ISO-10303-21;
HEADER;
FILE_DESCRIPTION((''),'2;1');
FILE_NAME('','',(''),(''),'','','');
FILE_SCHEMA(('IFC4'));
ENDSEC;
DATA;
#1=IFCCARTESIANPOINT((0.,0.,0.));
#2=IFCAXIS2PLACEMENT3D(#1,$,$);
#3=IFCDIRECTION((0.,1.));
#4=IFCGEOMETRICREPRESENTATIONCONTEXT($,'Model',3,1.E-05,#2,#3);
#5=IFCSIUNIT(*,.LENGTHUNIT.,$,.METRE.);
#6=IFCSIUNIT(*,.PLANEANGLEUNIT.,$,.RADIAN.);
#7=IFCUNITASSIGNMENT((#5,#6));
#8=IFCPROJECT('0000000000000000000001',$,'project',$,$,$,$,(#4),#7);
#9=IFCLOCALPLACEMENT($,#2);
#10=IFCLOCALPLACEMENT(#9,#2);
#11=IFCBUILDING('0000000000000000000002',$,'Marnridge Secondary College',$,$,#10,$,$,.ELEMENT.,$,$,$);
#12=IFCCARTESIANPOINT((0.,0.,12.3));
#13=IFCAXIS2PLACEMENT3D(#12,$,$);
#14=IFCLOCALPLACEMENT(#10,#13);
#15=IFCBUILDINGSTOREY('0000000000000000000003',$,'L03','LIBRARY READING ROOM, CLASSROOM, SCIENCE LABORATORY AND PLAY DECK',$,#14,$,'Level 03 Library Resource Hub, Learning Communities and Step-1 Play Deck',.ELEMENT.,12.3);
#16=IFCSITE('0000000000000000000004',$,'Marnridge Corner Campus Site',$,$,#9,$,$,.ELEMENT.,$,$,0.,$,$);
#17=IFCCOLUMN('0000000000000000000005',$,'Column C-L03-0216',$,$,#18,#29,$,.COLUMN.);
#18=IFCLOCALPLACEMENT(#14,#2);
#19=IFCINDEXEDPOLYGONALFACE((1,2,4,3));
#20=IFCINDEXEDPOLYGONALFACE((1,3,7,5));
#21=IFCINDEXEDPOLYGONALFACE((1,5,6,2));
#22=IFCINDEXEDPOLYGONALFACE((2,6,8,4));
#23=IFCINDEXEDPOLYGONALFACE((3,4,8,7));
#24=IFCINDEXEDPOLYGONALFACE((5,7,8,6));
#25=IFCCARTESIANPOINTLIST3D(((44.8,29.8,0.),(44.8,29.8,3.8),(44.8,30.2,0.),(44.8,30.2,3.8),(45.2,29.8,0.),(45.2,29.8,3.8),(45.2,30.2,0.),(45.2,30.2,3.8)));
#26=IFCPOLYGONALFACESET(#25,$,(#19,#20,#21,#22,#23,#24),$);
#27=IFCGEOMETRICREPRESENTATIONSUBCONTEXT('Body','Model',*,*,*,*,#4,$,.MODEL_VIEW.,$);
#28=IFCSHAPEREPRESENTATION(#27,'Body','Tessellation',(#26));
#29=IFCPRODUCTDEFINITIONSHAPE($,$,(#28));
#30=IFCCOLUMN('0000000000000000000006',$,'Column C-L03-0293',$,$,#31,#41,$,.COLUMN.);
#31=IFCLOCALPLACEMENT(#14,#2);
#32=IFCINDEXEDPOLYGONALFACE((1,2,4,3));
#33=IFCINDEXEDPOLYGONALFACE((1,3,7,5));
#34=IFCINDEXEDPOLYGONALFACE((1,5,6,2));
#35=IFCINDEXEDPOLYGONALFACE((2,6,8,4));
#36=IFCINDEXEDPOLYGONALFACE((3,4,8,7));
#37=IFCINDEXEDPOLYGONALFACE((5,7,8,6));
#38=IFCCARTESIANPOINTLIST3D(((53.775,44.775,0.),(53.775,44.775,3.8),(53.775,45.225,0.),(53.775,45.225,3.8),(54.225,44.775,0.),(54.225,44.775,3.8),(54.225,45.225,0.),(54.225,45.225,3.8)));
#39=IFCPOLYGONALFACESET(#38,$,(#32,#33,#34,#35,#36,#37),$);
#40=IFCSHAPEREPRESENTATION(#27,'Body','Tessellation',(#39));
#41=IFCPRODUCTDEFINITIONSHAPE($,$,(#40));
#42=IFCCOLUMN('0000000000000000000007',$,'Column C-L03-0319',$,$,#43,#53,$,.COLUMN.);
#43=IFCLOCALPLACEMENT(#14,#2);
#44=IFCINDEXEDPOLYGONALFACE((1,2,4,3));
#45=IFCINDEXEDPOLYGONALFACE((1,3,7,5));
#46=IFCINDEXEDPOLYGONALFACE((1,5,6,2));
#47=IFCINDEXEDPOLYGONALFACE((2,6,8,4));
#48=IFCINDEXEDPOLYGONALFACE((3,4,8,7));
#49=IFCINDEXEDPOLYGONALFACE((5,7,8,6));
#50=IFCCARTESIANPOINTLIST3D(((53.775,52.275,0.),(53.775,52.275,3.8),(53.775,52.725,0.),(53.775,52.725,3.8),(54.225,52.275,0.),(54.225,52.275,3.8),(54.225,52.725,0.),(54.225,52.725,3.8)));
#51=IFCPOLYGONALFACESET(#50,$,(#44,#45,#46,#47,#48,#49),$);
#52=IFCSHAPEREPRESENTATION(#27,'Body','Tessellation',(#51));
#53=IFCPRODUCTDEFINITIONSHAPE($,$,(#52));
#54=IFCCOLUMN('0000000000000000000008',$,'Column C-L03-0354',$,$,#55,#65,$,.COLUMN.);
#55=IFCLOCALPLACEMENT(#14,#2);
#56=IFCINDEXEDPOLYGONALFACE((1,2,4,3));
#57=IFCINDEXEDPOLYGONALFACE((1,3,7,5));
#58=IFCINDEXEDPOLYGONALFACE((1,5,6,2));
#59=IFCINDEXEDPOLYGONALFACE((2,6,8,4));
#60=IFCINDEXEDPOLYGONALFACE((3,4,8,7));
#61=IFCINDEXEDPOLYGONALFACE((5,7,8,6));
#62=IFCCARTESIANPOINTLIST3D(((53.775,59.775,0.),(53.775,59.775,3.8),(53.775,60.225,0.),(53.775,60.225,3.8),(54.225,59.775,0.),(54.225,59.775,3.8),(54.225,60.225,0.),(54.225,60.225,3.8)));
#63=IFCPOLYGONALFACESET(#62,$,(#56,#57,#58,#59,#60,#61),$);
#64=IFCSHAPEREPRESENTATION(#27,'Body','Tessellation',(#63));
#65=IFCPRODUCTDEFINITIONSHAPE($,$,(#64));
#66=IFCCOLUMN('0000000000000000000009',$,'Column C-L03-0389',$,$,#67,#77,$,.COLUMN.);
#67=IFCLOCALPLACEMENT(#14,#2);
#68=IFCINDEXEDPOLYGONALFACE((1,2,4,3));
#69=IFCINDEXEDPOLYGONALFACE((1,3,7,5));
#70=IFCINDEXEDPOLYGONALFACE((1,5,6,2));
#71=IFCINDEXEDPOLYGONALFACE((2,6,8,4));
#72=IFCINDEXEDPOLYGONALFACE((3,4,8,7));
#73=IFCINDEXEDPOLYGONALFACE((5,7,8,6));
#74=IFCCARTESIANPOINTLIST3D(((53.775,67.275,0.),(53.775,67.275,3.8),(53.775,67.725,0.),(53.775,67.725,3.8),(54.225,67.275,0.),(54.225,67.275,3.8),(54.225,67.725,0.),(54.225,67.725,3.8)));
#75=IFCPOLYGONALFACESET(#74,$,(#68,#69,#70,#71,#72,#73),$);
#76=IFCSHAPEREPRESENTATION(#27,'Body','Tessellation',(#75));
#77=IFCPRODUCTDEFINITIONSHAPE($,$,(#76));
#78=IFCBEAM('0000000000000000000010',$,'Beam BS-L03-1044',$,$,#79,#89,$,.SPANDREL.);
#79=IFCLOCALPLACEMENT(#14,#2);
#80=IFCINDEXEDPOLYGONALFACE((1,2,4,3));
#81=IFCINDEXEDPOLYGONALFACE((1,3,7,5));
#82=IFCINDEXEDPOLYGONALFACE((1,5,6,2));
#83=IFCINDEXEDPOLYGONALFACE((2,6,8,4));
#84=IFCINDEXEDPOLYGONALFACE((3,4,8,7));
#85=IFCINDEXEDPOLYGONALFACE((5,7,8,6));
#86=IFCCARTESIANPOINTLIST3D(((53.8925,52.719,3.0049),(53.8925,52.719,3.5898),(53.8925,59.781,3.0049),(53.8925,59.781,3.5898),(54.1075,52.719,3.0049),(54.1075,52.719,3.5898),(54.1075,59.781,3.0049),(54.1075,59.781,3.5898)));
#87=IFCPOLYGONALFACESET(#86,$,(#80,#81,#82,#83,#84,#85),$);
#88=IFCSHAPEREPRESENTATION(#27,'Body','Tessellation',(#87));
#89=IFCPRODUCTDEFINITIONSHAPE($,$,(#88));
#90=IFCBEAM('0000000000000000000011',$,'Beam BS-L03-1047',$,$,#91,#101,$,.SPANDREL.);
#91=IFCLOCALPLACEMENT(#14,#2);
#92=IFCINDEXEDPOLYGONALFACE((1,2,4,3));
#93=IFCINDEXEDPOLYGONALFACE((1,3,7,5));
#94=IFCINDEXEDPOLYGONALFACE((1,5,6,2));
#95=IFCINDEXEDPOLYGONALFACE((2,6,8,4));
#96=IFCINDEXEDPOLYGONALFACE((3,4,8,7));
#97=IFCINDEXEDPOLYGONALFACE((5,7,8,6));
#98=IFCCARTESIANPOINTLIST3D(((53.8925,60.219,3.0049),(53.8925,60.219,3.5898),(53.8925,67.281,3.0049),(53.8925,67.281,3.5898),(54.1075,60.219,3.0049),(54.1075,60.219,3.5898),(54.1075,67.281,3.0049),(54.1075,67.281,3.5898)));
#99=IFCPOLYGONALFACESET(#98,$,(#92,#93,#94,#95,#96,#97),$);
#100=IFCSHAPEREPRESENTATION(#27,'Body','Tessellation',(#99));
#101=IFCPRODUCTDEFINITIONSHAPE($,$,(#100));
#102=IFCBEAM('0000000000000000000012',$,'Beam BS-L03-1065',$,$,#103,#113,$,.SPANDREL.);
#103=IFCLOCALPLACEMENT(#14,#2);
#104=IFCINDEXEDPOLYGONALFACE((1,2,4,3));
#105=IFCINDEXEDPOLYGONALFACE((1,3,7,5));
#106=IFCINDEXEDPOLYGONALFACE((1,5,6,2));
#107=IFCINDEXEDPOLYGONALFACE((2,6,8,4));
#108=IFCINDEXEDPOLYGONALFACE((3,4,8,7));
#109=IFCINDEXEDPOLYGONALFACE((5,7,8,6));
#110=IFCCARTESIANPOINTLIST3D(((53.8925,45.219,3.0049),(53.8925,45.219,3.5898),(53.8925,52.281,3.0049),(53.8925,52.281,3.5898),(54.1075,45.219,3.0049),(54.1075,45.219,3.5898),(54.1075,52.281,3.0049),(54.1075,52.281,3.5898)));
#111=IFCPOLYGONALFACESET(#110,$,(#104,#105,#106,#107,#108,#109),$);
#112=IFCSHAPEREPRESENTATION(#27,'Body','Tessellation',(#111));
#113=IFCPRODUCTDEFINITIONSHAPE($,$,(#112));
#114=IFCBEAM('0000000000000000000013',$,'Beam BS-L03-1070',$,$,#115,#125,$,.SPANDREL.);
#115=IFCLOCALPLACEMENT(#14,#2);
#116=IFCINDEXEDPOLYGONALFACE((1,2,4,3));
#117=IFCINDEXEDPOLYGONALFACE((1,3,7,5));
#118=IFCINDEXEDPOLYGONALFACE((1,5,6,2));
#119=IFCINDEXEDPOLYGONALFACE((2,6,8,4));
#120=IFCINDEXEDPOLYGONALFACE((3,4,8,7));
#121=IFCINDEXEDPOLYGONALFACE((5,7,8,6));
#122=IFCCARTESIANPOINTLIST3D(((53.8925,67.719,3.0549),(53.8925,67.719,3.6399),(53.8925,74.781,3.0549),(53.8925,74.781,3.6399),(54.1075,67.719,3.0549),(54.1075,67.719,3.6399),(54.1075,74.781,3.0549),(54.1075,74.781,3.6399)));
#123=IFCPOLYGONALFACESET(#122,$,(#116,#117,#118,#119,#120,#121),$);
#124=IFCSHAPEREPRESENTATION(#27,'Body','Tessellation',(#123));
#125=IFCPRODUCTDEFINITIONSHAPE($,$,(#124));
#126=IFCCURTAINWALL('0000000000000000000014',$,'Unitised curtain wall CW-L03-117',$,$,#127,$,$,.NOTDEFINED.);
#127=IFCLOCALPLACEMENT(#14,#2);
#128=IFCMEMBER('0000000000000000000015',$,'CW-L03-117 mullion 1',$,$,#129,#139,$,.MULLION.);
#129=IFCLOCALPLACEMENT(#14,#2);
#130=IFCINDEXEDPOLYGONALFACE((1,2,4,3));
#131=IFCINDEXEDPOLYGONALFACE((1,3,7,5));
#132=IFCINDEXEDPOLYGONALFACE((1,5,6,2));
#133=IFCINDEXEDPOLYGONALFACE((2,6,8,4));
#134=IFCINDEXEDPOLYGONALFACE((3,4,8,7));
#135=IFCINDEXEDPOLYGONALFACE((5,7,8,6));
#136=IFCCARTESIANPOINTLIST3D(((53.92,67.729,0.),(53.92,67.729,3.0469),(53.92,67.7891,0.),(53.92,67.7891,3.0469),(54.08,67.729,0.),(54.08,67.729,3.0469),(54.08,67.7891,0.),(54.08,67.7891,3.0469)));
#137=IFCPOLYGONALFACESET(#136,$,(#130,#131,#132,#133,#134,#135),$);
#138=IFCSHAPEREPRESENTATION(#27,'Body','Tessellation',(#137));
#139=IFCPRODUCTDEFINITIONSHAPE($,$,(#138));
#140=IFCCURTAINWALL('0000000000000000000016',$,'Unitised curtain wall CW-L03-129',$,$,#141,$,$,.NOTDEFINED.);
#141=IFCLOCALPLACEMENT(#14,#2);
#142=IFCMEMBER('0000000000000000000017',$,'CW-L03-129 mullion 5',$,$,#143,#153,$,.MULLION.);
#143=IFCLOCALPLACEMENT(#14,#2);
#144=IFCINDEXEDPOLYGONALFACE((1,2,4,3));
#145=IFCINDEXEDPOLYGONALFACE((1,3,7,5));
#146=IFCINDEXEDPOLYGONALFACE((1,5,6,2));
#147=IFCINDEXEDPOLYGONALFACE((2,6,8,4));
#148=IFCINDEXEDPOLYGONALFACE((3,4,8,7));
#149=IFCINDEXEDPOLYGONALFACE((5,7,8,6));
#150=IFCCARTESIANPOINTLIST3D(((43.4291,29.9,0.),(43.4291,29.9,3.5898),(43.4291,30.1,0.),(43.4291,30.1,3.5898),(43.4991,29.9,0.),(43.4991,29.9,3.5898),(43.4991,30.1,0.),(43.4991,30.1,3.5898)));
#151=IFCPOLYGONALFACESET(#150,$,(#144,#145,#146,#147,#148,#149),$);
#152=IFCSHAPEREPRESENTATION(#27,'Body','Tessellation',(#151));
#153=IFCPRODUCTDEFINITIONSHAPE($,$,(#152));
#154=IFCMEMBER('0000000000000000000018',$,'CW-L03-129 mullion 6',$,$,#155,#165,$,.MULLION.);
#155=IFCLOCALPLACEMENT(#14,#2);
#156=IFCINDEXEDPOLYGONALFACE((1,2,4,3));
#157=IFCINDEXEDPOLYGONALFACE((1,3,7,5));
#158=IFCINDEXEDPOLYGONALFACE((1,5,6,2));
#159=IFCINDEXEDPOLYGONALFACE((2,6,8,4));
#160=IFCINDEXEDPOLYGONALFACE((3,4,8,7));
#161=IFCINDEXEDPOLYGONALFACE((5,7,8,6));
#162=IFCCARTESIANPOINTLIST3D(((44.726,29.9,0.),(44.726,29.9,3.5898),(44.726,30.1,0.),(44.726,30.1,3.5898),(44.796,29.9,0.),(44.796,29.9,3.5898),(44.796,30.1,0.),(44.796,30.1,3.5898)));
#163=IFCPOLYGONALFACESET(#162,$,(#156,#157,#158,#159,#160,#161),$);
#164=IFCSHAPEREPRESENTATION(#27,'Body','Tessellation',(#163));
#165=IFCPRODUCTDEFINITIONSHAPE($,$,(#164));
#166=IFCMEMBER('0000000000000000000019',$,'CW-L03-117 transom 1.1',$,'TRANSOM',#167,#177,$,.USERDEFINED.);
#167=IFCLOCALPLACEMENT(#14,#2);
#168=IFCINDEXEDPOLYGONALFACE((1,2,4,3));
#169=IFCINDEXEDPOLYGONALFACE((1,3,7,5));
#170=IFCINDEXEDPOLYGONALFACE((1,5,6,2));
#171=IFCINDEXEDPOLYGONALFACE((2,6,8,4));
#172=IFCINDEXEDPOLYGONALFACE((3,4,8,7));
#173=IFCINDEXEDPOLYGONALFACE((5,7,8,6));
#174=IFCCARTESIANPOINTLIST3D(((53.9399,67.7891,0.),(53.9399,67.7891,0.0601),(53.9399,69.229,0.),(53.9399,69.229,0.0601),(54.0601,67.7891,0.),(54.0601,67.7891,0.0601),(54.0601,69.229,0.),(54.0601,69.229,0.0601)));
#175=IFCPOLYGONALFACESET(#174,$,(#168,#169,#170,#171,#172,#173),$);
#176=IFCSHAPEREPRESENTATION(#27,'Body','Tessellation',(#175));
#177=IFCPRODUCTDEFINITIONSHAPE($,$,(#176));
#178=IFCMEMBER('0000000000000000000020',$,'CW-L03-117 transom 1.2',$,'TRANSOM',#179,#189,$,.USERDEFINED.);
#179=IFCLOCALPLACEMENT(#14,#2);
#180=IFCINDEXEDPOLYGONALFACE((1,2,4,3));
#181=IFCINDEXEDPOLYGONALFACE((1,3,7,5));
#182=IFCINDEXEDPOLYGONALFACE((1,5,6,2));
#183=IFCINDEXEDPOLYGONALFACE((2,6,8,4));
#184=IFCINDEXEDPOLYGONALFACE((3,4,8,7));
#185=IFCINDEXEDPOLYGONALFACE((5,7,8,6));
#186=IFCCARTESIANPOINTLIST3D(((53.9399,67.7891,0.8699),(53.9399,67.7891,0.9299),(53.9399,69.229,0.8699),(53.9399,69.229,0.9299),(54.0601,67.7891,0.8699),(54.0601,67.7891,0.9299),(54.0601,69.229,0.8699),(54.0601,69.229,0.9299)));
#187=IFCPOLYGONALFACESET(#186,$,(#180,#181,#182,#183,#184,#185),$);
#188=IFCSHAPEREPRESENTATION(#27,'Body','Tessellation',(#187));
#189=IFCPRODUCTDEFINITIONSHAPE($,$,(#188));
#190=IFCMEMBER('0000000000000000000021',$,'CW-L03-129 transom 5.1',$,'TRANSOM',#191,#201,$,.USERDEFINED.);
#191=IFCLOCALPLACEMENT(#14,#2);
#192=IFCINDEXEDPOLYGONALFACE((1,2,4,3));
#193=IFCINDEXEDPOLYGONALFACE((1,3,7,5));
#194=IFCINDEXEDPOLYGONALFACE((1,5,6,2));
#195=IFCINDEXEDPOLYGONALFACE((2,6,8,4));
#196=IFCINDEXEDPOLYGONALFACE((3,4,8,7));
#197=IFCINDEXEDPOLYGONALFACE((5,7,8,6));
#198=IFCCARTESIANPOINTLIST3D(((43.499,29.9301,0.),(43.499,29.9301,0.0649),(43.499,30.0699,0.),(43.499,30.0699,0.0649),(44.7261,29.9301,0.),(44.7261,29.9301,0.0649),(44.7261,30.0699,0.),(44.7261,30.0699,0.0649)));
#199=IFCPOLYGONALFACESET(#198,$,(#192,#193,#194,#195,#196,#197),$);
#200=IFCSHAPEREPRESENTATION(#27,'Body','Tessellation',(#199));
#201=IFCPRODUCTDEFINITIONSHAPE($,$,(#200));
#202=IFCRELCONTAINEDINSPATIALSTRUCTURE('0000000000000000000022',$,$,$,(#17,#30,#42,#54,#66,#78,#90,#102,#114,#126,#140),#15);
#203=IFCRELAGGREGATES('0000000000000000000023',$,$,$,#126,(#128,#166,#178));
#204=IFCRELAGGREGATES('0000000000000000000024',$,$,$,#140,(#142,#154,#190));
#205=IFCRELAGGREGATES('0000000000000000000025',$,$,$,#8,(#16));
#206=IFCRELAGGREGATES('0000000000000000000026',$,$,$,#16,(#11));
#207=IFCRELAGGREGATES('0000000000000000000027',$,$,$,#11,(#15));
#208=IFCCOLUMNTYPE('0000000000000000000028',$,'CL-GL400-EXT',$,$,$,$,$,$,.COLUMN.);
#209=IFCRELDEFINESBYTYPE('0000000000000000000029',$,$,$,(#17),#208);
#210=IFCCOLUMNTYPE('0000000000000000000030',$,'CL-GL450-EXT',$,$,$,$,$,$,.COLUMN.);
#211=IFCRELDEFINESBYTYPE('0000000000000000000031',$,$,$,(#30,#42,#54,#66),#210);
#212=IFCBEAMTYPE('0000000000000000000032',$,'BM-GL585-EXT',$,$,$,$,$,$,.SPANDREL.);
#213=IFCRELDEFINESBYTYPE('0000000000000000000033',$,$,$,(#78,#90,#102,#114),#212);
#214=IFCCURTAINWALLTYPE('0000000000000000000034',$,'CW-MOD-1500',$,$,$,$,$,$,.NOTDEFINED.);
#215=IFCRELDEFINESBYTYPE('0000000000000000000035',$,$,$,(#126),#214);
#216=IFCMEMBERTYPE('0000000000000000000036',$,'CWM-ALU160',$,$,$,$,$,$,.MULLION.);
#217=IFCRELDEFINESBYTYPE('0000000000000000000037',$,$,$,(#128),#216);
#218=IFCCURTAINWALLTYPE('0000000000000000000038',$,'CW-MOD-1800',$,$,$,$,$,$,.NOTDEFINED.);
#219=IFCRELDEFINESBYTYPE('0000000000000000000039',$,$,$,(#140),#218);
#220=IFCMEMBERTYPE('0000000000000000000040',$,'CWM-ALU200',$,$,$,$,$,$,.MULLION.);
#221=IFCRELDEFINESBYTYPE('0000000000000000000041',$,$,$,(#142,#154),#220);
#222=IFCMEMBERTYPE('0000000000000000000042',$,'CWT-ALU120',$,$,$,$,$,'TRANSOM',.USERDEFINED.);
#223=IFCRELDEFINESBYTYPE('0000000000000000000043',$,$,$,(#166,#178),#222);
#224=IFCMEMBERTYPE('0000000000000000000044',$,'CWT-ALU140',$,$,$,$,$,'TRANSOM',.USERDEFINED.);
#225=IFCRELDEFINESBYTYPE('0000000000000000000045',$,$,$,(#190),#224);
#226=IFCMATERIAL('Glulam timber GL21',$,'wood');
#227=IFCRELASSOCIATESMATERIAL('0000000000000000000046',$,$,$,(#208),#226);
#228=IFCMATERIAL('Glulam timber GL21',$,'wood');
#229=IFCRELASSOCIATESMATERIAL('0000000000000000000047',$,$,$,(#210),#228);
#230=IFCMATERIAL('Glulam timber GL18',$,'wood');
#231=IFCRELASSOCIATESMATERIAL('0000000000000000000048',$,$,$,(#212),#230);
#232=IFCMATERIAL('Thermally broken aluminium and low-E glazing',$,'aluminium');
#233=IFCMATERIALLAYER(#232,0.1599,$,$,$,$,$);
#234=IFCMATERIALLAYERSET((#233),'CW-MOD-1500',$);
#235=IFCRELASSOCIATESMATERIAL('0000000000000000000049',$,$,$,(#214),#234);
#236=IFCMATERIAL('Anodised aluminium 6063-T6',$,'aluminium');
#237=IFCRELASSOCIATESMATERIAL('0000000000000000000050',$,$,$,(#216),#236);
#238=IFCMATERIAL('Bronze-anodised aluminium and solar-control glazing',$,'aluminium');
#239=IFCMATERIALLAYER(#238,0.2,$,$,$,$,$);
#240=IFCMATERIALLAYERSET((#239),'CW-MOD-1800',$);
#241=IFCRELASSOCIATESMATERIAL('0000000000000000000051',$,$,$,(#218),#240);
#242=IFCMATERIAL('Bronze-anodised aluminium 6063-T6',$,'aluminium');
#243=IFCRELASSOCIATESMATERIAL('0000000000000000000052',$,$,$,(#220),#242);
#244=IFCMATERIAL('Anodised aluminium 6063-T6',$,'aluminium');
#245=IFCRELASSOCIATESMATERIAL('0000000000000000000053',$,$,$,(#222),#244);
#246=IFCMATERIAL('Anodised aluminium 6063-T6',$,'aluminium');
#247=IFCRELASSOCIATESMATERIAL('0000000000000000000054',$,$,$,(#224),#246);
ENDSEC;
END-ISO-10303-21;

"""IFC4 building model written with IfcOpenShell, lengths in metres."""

from ifc_helpers import new_model, si_unit, direction, frame, origin, origin_2d, place, context, subcontext, project, spatial, rectangle, extrude, material, layer, layer_set, material_profile, profile_set, type_object, element, aggregate, save


model = new_model("IFC4")

# Units and contexts
model_context = context("Model", 3, precision=1e-05, world=origin(), true_north=direction((0.0, 1.0)))
body_context = subcontext(model_context, "Body", "Model", "MODEL_VIEW")
ifc_project = project(units=[si_unit("LENGTHUNIT", "METRE"), si_unit("PLANEANGLEUNIT", "RADIAN")], contexts=[model_context])

# Site, building, storey
site_placement = place(None, origin())
site = spatial("IfcSite", under=ifc_project, at=site_placement, Name="Marnridge Corner Campus Site", CompositionType="ELEMENT", RefElevation=0.0)
building_placement = place(site_placement, origin())
building = spatial("IfcBuilding", under=site, at=building_placement, Name="Marnridge Secondary College", CompositionType="ELEMENT")
storey_placement = place(building_placement, frame((0.0, 0.0, 12.3)))
storey = spatial("IfcBuildingStorey", under=building, at=storey_placement, Name="L03", Description="LIBRARY READING ROOM, CLASSROOM, SCIENCE LABORATORY AND PLAY DECK", LongName="Level 03 Library Resource Hub, Learning Communities and Step-1 Play Deck", CompositionType="ELEMENT", Elevation=12.3)

# Columns
ifc_material_1 = material(Name="Glulam timber GL21", Category="wood")
ifc_material_profile_1 = material_profile(ifc_material_1, rectangle(XDim=0.3999, YDim=0.3999, at=origin_2d()), Name="GL21 400x400")
ifc_profile_set_1 = profile_set([ifc_material_profile_1], Name="Glulam timber GL21")
column_type_1 = type_object("IfcColumnType", Name="CL-GL400-EXT", PredefinedType="COLUMN", material=ifc_profile_set_1)
column_placement = place(storey_placement, frame((45.0, 30.0, 0.0), z_axis=(0.0, 0.0, 1.0), x_axis=(1.0, 0.0, 0.0)))
element("IfcColumn", 1, at=column_placement, inside=storey, type_object=column_type_1, Name="Column C-L03-0216", PredefinedType="COLUMN", context=body_context, shape_type="SweptSolid", body=[
    extrude(rectangle(XDim=0.3999, YDim=0.3999, at=origin_2d()), origin(), (0.0, 0.0, 1.0), 3.8),
])
ifc_material_2 = material(Name="Glulam timber GL21", Category="wood")
ifc_material_profile_2 = material_profile(ifc_material_2, rectangle(XDim=0.45, YDim=0.45, at=origin_2d()), Name="GL21 450x450")
ifc_profile_set_2 = profile_set([ifc_material_profile_2], Name="Glulam timber GL21")
column_type_2 = type_object("IfcColumnType", Name="CL-GL450-EXT", PredefinedType="COLUMN", material=ifc_profile_set_2)
for number, where, z_axis, x_axis, name in (
    (2, (54.0, 45.0, 0.0), (0.0, 0.0, 1.0), (1.0, 0.0, 0.0), "Column C-L03-0293"),
    (3, (54.0, 52.5, 0.0), (0.0, 0.0, 1.0), (1.0, 0.0, 0.0), "Column C-L03-0319"),
    (4, (54.0, 60.0, 0.0), (0.0, 0.0, 1.0), (1.0, 0.0, 0.0), "Column C-L03-0354"),
    (5, (54.0, 67.5, 0.0), (0.0, 0.0, 1.0), (1.0, 0.0, 0.0), "Column C-L03-0389"),
):
    element("IfcColumn", number, at=place(storey_placement, frame(where, z_axis=z_axis, x_axis=x_axis)), inside=storey, type_object=column_type_2, Name=name, PredefinedType="COLUMN", context=body_context, shape_type="SweptSolid", body=[
        extrude(rectangle(XDim=0.45, YDim=0.45, at=origin_2d()), origin(), (0.0, 0.0, 1.0), 3.8),
    ])

# Beams
ifc_material_3 = material(Name="Glulam timber GL18", Category="wood")
ifc_material_profile_3 = material_profile(ifc_material_3, rectangle(XDim=0.2151, YDim=0.585, at=origin_2d()), Name="GL18 215x585")
ifc_profile_set_3 = profile_set([ifc_material_profile_3], Name="Glulam timber GL18")
beam_type = type_object("IfcBeamType", Name="BM-GL585-EXT", PredefinedType="SPANDREL", material=ifc_profile_set_3)
for number, where, z_axis, x_axis, name in (
    (6, (54.0, 52.719, 3.2974), (0.0, 1.0, 0.0), (-1.0, 0.0, 0.0), "Beam BS-L03-1044"),
    (7, (54.0, 60.219, 3.2974), (0.0, 1.0, 0.0), (-1.0, 0.0, 0.0), "Beam BS-L03-1047"),
    (8, (54.0, 45.219, 3.2974), (0.0, 1.0, 0.0), (-1.0, 0.0, 0.0), "Beam BS-L03-1065"),
    (9, (54.0, 67.719, 3.3474), (0.0, 1.0, 0.0), (-1.0, 0.0, 0.0), "Beam BS-L03-1070"),
):
    element("IfcBeam", number, at=place(storey_placement, frame(where, z_axis=z_axis, x_axis=x_axis)), inside=storey, type_object=beam_type, Name=name, PredefinedType="SPANDREL", context=body_context, shape_type="SweptSolid", body=[
        extrude(rectangle(XDim=0.2151, YDim=0.585, at=origin_2d()), origin(), (0.0, 0.0, 1.0), 7.062),
    ])

# Curtain wall, member
ifc_material_4 = material(Name="Thermally broken aluminium and low-E glazing", Category="aluminium")
ifc_layer_1 = layer(ifc_material_4, 0.1599)
ifc_layer_set_1 = layer_set([ifc_layer_1], Name="CW-MOD-1500")
curtain_wall_type_1 = type_object("IfcCurtainWallType", Name="CW-MOD-1500", PredefinedType="NOTDEFINED", material=ifc_layer_set_1)
curtain_wall_1_placement = place(storey_placement, origin())
curtain_wall_1 = element("IfcCurtainWall", 10, at=curtain_wall_1_placement, inside=storey, type_object=curtain_wall_type_1, Name="Unitised curtain wall CW-L03-117", PredefinedType="NOTDEFINED")
ifc_material_5 = material(Name="Anodised aluminium 6063-T6", Category="aluminium")
ifc_material_profile_4 = material_profile(ifc_material_5, rectangle(XDim=0.0601, YDim=0.1599, at=origin_2d()), Name="ALU 60x160")
ifc_profile_set_4 = profile_set([ifc_material_profile_4], Name="Anodised aluminium 6063-T6")
member_type_1 = type_object("IfcMemberType", Name="CWM-ALU160", PredefinedType="MULLION", material=ifc_profile_set_4)
member_1_placement = place(storey_placement, frame((54.0, 67.759, 0.0), z_axis=(0.0, 0.0, 1.0), x_axis=(0.0, 1.0, 0.0)))
member_1 = element("IfcMember", 11, at=member_1_placement, type_object=member_type_1, Name="CW-L03-117 mullion 1", PredefinedType="MULLION", context=body_context, shape_type="SweptSolid", body=[
    extrude(rectangle(XDim=0.0601, YDim=0.1599, at=origin_2d()), origin(), (0.0, 0.0, 1.0), 3.0469),
])

# Curtain wall, members
ifc_material_6 = material(Name="Bronze-anodised aluminium and solar-control glazing", Category="aluminium")
ifc_layer_2 = layer(ifc_material_6, 0.2)
ifc_layer_set_2 = layer_set([ifc_layer_2], Name="CW-MOD-1800")
curtain_wall_type_2 = type_object("IfcCurtainWallType", Name="CW-MOD-1800", PredefinedType="NOTDEFINED", material=ifc_layer_set_2)
curtain_wall_2_placement = place(storey_placement, origin())
curtain_wall_2 = element("IfcCurtainWall", 12, at=curtain_wall_2_placement, inside=storey, type_object=curtain_wall_type_2, Name="Unitised curtain wall CW-L03-129", PredefinedType="NOTDEFINED")
ifc_material_7 = material(Name="Bronze-anodised aluminium 6063-T6", Category="aluminium")
ifc_material_profile_5 = material_profile(ifc_material_7, rectangle(XDim=0.0701, YDim=0.2, at=origin_2d()), Name="ALU 70x200")
ifc_profile_set_5 = profile_set([ifc_material_profile_5], Name="Bronze-anodised aluminium 6063-T6")
member_type_2 = type_object("IfcMemberType", Name="CWM-ALU200", PredefinedType="MULLION", material=ifc_profile_set_5)
member_2_placement = place(storey_placement, frame((43.4641, 30.0, 0.0), z_axis=(0.0, 0.0, 1.0), x_axis=(1.0, 0.0, 0.0)))
member_2 = element("IfcMember", 13, at=member_2_placement, type_object=member_type_2, Name="CW-L03-129 mullion 5", PredefinedType="MULLION", context=body_context, shape_type="SweptSolid", body=[
    extrude(rectangle(XDim=0.0701, YDim=0.2, at=origin_2d()), origin(), (0.0, 0.0, 1.0), 3.5898),
])
member_3_placement = place(storey_placement, frame((44.761, 30.0, 0.0), z_axis=(0.0, 0.0, 1.0), x_axis=(1.0, 0.0, 0.0)))
member_3 = element("IfcMember", 14, at=member_3_placement, type_object=member_type_2, Name="CW-L03-129 mullion 6", PredefinedType="MULLION", context=body_context, shape_type="SweptSolid", body=[
    extrude(rectangle(XDim=0.0701, YDim=0.2, at=origin_2d()), origin(), (0.0, 0.0, 1.0), 3.5898),
])

# Members
ifc_material_8 = material(Name="Anodised aluminium 6063-T6", Category="aluminium")
ifc_material_profile_6 = material_profile(ifc_material_8, rectangle(XDim=0.0601, YDim=0.1201, at=origin_2d()), Name="ALU 60x120")
ifc_profile_set_6 = profile_set([ifc_material_profile_6], Name="Anodised aluminium 6063-T6")
member_type_3 = type_object("IfcMemberType", Name="CWT-ALU120", ElementType="TRANSOM", PredefinedType="USERDEFINED", material=ifc_profile_set_6)
member_4_placement = place(storey_placement, frame((54.0, 67.7891, 0.03), z_axis=(0.0, 1.0, 0.0), x_axis=(0.0, 0.0, 1.0)))
member_4 = element("IfcMember", 15, at=member_4_placement, type_object=member_type_3, Name="CW-L03-117 transom 1.1", ObjectType="TRANSOM", PredefinedType="USERDEFINED", context=body_context, shape_type="SweptSolid", body=[
    extrude(rectangle(XDim=0.0601, YDim=0.1201, at=origin_2d()), origin(), (0.0, 0.0, 1.0), 1.4399),
])
member_5_placement = place(storey_placement, frame((54.0, 67.7891, 0.8999), z_axis=(0.0, 1.0, 0.0), x_axis=(0.0, 0.0, 1.0)))
member_5 = element("IfcMember", 16, at=member_5_placement, type_object=member_type_3, Name="CW-L03-117 transom 1.2", ObjectType="TRANSOM", PredefinedType="USERDEFINED", context=body_context, shape_type="SweptSolid", body=[
    extrude(rectangle(XDim=0.0601, YDim=0.1201, at=origin_2d()), origin(), (0.0, 0.0, 1.0), 1.4399),
])
aggregate(curtain_wall_1, [member_1, member_4, member_5])
ifc_material_9 = material(Name="Anodised aluminium 6063-T6", Category="aluminium")
ifc_material_profile_7 = material_profile(ifc_material_9, rectangle(XDim=0.0649, YDim=0.1399, at=origin_2d()), Name="ALU 65x140")
ifc_profile_set_7 = profile_set([ifc_material_profile_7], Name="Anodised aluminium 6063-T6")
member_type_4 = type_object("IfcMemberType", Name="CWT-ALU140", ElementType="TRANSOM", PredefinedType="USERDEFINED", material=ifc_profile_set_7)
member_6_placement = place(storey_placement, frame((43.499, 30.0, 0.0325), z_axis=(1.0, 0.0, 0.0), x_axis=(0.0, 0.0, 1.0)))
member_6 = element("IfcMember", 17, at=member_6_placement, type_object=member_type_4, Name="CW-L03-129 transom 5.1", ObjectType="TRANSOM", PredefinedType="USERDEFINED", context=body_context, shape_type="SweptSolid", body=[
    extrude(rectangle(XDim=0.0649, YDim=0.1399, at=origin_2d()), origin(), (0.0, 0.0, 1.0), 1.2271),
])

aggregate(curtain_wall_2, [member_2, member_3, member_6])

save(model, "model.ifc")
